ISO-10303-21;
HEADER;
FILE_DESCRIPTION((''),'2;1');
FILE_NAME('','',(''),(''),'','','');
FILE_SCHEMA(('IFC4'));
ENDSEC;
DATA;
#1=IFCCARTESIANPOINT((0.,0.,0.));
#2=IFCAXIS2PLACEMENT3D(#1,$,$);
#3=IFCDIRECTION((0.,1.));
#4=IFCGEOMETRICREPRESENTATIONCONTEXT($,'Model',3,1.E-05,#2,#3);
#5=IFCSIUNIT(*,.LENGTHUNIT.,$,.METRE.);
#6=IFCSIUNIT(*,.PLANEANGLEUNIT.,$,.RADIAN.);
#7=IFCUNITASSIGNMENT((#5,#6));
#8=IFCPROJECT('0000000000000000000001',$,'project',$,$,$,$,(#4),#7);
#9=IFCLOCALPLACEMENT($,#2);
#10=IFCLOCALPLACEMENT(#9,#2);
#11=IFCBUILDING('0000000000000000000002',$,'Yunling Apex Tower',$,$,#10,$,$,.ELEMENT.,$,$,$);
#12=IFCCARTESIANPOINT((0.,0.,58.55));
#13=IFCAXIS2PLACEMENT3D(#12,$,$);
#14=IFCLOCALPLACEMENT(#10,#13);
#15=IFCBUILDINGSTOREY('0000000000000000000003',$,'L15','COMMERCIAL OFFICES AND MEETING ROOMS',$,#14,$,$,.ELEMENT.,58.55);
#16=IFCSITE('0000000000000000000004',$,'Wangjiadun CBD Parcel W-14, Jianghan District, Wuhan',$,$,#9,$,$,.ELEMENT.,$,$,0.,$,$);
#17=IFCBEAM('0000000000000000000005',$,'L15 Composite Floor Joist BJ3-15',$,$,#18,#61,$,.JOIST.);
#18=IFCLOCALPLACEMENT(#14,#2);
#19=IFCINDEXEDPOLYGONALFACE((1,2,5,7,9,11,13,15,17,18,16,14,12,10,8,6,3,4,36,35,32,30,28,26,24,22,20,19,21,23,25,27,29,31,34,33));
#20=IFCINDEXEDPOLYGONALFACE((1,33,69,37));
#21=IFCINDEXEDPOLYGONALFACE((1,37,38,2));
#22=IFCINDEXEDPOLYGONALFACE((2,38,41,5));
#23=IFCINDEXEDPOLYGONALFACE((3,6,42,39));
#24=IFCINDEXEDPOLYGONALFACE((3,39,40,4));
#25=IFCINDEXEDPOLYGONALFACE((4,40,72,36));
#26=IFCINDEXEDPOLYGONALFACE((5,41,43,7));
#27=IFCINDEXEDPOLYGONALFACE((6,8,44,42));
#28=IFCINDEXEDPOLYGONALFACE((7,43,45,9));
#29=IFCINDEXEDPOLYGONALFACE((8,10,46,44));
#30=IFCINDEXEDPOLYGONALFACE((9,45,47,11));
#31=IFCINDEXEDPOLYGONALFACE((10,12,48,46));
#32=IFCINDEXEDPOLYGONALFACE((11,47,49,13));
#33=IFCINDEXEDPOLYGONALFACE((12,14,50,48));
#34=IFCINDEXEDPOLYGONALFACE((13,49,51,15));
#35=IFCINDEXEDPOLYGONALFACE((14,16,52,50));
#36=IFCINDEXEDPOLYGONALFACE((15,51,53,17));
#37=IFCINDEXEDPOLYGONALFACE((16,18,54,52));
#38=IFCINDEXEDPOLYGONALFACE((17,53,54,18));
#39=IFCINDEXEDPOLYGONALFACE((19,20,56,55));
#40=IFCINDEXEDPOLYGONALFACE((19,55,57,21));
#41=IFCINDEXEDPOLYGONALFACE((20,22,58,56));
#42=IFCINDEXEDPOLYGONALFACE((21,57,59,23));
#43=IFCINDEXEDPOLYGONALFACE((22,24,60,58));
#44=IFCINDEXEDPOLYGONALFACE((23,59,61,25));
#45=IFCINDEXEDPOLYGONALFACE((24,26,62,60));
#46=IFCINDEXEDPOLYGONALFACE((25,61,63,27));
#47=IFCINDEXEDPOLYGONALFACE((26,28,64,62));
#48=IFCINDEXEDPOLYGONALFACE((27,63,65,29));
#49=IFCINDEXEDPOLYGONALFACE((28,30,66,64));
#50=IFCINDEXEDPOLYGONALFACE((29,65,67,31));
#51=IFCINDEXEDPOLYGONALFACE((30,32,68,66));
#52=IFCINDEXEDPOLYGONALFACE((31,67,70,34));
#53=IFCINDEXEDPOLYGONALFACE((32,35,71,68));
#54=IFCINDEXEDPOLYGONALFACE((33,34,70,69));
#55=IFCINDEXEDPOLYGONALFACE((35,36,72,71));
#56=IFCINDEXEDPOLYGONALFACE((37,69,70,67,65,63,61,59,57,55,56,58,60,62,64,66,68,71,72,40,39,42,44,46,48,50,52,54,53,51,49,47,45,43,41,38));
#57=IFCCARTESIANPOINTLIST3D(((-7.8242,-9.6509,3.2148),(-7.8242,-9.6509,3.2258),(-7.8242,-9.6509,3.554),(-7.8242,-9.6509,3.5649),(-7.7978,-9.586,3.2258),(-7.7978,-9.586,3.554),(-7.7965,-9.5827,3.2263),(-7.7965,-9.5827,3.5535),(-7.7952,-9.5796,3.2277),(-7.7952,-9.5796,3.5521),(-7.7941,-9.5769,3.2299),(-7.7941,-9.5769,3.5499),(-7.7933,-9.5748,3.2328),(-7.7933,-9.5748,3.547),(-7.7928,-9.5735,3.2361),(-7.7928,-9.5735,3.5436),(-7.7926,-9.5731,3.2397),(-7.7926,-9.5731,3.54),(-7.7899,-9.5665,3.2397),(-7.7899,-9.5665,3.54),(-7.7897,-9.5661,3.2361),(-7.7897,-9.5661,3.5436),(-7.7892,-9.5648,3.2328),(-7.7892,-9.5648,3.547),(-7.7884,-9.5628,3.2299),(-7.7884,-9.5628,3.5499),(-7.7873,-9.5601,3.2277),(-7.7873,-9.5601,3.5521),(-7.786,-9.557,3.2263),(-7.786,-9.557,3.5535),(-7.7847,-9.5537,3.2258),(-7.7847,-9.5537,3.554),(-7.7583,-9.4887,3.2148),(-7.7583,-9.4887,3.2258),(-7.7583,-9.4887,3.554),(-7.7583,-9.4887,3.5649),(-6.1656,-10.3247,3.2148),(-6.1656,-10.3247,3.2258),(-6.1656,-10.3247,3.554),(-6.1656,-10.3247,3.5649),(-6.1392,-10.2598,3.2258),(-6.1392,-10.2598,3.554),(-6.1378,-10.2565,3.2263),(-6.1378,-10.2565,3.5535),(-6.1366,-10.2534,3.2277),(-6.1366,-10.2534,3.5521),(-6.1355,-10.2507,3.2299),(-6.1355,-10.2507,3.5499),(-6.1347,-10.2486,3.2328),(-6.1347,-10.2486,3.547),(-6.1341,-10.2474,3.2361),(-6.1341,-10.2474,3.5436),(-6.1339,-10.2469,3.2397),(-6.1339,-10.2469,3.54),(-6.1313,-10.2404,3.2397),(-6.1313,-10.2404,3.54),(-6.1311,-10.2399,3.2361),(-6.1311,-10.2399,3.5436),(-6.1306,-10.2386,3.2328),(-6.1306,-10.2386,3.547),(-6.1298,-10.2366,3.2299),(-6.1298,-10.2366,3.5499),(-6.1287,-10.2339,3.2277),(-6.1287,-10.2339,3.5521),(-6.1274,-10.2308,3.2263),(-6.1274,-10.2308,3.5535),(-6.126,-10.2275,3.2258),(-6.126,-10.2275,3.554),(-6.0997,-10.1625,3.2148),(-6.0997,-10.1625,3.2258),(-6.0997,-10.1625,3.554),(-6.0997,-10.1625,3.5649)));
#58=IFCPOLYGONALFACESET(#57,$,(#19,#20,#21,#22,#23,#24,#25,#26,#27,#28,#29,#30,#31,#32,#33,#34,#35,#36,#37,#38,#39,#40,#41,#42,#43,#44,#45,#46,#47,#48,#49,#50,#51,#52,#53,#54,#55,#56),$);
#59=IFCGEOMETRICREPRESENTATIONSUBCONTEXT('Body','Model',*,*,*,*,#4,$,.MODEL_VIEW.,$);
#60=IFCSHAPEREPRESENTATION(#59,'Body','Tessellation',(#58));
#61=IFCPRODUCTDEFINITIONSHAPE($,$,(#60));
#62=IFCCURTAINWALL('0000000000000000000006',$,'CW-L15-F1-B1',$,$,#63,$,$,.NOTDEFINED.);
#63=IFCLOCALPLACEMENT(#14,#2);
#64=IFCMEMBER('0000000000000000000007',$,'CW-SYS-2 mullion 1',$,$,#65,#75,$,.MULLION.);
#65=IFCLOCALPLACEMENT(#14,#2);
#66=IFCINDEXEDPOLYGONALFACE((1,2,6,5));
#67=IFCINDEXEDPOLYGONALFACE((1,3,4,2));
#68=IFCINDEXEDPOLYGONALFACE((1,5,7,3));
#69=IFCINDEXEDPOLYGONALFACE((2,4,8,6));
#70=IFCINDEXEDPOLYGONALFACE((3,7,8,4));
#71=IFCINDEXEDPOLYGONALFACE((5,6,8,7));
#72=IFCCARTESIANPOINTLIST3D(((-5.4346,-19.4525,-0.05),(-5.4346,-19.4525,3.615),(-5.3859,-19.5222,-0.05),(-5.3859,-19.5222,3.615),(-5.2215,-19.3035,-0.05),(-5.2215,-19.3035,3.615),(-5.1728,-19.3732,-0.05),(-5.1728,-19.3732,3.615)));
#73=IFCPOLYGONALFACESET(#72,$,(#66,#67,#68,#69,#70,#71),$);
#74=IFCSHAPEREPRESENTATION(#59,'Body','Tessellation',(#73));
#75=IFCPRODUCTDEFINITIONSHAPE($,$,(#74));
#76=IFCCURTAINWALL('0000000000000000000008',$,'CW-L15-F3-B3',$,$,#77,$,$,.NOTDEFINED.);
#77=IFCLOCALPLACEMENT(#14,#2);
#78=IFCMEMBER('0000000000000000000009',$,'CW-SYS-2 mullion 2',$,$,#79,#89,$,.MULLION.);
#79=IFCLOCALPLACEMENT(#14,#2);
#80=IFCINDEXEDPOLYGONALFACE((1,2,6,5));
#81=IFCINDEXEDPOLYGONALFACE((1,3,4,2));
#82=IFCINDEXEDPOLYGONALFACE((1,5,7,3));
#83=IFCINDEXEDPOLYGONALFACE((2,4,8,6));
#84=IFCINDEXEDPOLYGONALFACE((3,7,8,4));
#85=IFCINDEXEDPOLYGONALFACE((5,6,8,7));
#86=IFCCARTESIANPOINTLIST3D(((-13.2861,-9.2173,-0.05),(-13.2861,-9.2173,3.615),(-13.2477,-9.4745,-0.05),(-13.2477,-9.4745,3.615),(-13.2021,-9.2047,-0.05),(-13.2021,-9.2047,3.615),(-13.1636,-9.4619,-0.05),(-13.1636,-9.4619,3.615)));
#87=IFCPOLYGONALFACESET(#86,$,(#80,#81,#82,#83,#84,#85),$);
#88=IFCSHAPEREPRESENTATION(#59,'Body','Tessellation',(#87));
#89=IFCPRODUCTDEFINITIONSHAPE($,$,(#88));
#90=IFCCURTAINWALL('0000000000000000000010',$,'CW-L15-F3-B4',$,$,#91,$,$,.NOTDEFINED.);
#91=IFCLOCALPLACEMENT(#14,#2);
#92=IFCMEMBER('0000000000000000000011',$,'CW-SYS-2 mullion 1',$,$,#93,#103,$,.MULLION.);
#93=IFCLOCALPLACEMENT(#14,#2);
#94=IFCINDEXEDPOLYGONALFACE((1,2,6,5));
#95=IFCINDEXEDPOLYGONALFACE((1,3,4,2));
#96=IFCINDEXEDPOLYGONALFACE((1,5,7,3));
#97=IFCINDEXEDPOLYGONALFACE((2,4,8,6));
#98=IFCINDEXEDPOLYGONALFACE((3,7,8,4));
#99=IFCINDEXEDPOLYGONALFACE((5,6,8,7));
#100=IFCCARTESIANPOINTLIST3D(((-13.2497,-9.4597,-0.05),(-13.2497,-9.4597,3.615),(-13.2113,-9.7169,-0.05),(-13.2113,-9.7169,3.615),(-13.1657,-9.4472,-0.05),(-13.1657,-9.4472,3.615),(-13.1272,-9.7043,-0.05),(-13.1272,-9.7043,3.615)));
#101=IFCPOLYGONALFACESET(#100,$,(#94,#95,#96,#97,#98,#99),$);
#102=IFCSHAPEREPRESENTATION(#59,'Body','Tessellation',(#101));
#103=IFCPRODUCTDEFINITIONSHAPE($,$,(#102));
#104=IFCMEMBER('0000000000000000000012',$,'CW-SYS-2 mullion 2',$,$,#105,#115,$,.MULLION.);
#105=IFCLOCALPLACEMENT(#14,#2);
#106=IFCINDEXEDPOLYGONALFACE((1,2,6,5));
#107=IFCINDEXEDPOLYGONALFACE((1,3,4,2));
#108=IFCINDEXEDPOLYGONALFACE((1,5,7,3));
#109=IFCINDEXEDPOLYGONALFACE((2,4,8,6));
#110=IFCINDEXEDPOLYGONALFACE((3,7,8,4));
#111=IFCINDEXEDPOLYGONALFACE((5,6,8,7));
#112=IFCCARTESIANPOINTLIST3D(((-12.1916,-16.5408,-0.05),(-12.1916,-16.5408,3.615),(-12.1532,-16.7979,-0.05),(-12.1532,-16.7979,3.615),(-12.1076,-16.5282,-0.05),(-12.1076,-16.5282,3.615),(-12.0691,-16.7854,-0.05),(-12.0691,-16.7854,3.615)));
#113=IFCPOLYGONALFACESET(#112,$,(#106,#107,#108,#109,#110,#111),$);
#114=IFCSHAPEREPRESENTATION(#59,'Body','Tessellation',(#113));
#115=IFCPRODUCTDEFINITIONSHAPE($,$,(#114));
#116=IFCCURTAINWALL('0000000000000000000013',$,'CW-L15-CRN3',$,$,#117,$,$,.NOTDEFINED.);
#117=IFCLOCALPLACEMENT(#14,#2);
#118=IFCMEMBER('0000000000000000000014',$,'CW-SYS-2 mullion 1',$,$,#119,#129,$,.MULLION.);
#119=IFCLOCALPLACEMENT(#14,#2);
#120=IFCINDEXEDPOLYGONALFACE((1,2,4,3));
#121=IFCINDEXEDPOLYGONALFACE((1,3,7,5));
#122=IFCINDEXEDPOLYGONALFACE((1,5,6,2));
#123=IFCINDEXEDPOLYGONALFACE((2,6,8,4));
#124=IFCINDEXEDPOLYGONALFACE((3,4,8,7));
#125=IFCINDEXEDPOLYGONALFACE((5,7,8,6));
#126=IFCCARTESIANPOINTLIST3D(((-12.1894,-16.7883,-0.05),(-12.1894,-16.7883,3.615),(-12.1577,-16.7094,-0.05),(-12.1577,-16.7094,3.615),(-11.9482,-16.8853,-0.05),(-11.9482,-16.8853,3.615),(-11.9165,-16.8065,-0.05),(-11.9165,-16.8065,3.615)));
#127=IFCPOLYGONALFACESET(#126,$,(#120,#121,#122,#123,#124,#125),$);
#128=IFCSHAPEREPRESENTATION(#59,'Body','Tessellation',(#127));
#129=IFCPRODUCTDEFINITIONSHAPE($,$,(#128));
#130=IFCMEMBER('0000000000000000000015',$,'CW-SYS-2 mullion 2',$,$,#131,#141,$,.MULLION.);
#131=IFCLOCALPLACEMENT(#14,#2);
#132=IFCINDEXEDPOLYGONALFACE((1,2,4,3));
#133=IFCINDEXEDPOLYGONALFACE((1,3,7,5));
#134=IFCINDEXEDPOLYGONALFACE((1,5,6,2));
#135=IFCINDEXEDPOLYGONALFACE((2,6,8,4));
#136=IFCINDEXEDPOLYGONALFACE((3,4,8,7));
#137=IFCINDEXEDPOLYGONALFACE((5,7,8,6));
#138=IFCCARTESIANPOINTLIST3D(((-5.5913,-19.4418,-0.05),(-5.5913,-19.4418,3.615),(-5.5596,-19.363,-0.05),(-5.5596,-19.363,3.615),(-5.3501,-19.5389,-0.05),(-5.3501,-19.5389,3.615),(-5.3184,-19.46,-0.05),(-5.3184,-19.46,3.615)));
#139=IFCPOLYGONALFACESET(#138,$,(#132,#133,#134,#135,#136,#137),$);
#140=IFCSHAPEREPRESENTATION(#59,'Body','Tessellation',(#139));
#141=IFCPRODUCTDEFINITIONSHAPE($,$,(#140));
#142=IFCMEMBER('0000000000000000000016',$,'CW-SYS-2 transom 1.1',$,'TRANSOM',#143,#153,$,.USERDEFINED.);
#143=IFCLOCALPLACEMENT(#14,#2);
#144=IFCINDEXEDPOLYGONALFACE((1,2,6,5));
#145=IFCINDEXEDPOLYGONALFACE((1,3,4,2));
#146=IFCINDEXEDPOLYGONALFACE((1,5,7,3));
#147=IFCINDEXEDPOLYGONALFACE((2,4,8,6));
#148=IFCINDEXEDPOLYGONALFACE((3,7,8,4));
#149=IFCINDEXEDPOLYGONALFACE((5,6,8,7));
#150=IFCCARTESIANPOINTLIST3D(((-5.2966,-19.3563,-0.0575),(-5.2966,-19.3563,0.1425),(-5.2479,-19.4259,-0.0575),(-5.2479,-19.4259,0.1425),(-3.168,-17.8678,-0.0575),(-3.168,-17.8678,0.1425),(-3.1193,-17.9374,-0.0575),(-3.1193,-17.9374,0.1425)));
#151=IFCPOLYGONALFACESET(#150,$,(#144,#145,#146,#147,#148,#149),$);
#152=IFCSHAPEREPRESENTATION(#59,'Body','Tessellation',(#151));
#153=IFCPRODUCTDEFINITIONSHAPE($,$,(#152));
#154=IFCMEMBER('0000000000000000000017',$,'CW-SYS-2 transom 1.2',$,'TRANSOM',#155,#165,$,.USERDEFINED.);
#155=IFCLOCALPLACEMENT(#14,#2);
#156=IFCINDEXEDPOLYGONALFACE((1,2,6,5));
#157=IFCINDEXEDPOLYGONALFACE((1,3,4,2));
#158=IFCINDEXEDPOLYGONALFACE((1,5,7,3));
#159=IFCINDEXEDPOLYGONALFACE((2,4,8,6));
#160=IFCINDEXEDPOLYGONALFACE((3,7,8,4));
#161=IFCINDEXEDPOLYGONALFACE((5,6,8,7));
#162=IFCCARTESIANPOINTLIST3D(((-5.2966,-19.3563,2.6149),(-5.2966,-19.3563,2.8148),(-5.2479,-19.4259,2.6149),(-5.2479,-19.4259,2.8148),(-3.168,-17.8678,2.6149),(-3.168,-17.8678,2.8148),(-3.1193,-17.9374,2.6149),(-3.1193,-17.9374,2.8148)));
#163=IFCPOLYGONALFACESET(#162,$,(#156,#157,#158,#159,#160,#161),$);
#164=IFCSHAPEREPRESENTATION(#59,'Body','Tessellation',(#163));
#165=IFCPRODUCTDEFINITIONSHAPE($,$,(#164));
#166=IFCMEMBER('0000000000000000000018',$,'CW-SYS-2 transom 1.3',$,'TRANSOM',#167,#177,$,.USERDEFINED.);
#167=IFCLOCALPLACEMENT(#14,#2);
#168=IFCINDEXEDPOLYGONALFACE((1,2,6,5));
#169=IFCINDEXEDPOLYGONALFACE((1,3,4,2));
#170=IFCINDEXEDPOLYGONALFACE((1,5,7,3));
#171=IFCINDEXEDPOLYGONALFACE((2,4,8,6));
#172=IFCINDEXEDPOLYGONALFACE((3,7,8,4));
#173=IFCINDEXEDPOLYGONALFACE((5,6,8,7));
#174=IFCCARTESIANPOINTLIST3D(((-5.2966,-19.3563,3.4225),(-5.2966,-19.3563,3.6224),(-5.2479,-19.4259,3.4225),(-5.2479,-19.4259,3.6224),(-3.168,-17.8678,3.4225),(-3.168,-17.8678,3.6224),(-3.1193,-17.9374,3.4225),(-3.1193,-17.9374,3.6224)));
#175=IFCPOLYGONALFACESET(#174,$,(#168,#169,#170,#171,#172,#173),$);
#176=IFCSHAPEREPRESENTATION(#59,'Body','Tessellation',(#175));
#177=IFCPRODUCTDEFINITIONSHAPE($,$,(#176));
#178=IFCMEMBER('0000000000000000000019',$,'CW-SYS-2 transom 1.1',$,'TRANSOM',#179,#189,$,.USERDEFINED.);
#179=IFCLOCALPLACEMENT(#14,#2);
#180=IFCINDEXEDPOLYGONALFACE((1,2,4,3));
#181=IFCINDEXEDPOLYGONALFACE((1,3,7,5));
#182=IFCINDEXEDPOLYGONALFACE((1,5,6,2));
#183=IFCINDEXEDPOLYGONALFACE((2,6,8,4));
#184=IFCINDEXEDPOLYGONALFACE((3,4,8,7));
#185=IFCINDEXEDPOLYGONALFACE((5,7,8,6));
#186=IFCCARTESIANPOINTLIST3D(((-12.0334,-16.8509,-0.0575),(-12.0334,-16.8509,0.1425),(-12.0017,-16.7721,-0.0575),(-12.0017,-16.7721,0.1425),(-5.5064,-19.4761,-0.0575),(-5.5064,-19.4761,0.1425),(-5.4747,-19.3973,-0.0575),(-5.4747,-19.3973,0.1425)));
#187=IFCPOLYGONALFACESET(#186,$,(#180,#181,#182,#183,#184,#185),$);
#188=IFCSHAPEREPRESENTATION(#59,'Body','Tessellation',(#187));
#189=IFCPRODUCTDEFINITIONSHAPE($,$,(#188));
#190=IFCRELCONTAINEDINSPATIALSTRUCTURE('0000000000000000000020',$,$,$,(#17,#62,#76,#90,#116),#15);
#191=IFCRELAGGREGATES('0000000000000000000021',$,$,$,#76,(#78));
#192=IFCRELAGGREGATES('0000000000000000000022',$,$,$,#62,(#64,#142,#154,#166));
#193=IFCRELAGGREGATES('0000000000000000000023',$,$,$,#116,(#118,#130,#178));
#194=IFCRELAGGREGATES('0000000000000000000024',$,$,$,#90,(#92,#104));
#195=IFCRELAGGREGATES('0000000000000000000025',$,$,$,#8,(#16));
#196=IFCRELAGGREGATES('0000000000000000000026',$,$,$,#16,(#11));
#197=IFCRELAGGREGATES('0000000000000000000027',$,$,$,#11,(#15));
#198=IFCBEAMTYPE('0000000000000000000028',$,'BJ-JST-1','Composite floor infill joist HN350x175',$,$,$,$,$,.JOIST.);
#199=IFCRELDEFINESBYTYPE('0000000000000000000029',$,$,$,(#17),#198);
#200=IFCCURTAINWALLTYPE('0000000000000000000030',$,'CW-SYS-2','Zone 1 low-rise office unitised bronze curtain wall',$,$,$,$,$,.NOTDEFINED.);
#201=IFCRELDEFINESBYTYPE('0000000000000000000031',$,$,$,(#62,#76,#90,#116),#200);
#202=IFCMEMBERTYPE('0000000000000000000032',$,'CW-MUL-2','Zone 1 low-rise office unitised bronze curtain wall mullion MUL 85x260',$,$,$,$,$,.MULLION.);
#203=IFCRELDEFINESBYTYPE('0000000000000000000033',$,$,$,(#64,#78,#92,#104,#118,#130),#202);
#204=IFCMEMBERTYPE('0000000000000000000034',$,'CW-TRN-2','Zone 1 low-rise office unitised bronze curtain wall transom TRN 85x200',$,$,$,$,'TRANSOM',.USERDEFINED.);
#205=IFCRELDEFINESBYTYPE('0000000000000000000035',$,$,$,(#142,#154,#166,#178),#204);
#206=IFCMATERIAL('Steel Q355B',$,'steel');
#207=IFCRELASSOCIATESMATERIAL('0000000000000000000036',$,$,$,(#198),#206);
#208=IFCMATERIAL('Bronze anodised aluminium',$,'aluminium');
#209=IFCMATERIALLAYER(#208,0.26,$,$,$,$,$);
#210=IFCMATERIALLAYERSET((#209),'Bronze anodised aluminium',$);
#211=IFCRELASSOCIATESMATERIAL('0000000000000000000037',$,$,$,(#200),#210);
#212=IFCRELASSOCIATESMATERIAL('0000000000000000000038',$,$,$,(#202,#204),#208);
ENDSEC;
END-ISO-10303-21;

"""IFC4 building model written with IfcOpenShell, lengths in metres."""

from ifc_helpers import new_model, si_unit, direction, frame, origin, origin_2d, place, context, subcontext, project, spatial, rectangle, i_section, extrude, source, transform, mapped, material, layer, layer_set, material_profile, profile_set, type_object, element, aggregate, save


model = new_model("IFC4")

# Units and contexts
model_context = context("Model", 3, precision=1e-05, world=origin(), true_north=direction((0.0, 1.0)))
body_context = subcontext(model_context, "Body", "Model", "MODEL_VIEW")
ifc_project = project(units=[si_unit("LENGTHUNIT", "METRE"), si_unit("PLANEANGLEUNIT", "RADIAN")], contexts=[model_context])

# Site, building, storey
site_placement = place(None, origin())
site = spatial("IfcSite", under=ifc_project, at=site_placement, Name="Wangjiadun CBD Parcel W-14, Jianghan District, Wuhan", CompositionType="ELEMENT", RefElevation=0.0)
building_placement = place(site_placement, origin())
building = spatial("IfcBuilding", under=site, at=building_placement, Name="Yunling Apex Tower", CompositionType="ELEMENT")
storey_placement = place(building_placement, frame((0.0, 0.0, 58.55)))
storey = spatial("IfcBuildingStorey", under=building, at=storey_placement, Name="L15", Description="COMMERCIAL OFFICES AND MEETING ROOMS", CompositionType="ELEMENT", Elevation=58.55)

# Beam
ifc_material_1 = material(Name="Steel Q355B", Category="steel")
ifc_material_profile_1 = material_profile(ifc_material_1, i_section(OverallWidth=0.175, OverallDepth=0.3501, WebThickness=0.0071, FlangeThickness=0.011, FilletRadius=0.0139, at=origin_2d()))
ifc_profile_set_1 = profile_set([ifc_material_profile_1], Name="Steel Q355B")
beam_type_1 = type_object("IfcBeamType", Name="BJ-JST-1", Description="Composite floor infill joist HN350x175", PredefinedType="JOIST", material=ifc_profile_set_1)
shared_shape_1 = source(origin(), body_context, "Body", "SweptSolid", [
    extrude(i_section(OverallWidth=0.175, OverallDepth=0.3501, WebThickness=0.0071, FlangeThickness=0.011, FilletRadius=0.0139, at=origin_2d()), origin(), (0.0, 0.0, 1.0), 1.7903),
])
beam_1_placement = place(storey_placement, frame((-7.7913, -9.5698, 3.3899), z_axis=(0.92647, -0.37637, 0.0), x_axis=(0.37637, 0.92647, 0.0)))
element("IfcBeam", 1, at=beam_1_placement, inside=storey, type_object=beam_type_1, Name="L15 Composite Floor Joist BJ3-15", PredefinedType="JOIST", context=body_context, shape_type="MappedRepresentation", body=[
    mapped(shared_shape_1, transform((0.0, 0.0, 0.0), scale=1.0)),
])

# Curtain walls, members
ifc_material_2 = material(Name="Bronze anodised aluminium", Category="aluminium")
ifc_layer_1 = layer(ifc_material_2, 0.26)
ifc_layer_set_1 = layer_set([ifc_layer_1], Name="Bronze anodised aluminium")
curtain_wall_type = type_object("IfcCurtainWallType", Name="CW-SYS-2", Description="Zone 1 low-rise office unitised bronze curtain wall", PredefinedType="NOTDEFINED", material=ifc_layer_set_1)
curtain_wall_1_placement = place(storey_placement, origin())
curtain_wall_1 = element("IfcCurtainWall", 2, at=curtain_wall_1_placement, inside=storey, type_object=curtain_wall_type, Name="CW-L15-F1-B1", PredefinedType="NOTDEFINED")
ifc_material_profile_2 = material_profile(ifc_material_2, rectangle(XDim=0.085, YDim=0.26, at=origin_2d()))
ifc_profile_set_2 = profile_set([ifc_material_profile_2], Name="Bronze anodised aluminium")
member_type_1 = type_object("IfcMemberType", Name="CW-MUL-2", Description="Zone 1 low-rise office unitised bronze curtain wall mullion MUL 85x260", PredefinedType="MULLION", material=ifc_profile_set_2)
shared_shape_2 = source(origin(), body_context, "Body", "SweptSolid", [
    extrude(rectangle(XDim=0.085, YDim=0.26, at=origin_2d()), origin(), (0.0, 0.0, 1.0), 3.665),
])
member_1_placement = place(storey_placement, frame((-5.3037, -19.4128, -0.05), z_axis=(0.0, 0.0, 1.0), x_axis=(-0.573004, 0.819552, 0.0)))
member_1 = element("IfcMember", 3, at=member_1_placement, type_object=member_type_1, Name="CW-SYS-2 mullion 1", PredefinedType="MULLION", context=body_context, shape_type="MappedRepresentation", body=[
    mapped(shared_shape_2, transform((0.0, 0.0, 0.0), scale=1.0)),
])
curtain_wall_2_placement = place(storey_placement, origin())
curtain_wall_2 = element("IfcCurtainWall", 4, at=curtain_wall_2_placement, inside=storey, type_object=curtain_wall_type, Name="CW-L15-F3-B3", PredefinedType="NOTDEFINED")
member_2_placement = place(storey_placement, frame((-13.2249, -9.3396, -0.05), z_axis=(0.0, 0.0, 1.0), x_axis=(0.989015, 0.147815, 0.0)))
member_2 = element("IfcMember", 5, at=member_2_placement, type_object=member_type_1, Name="CW-SYS-2 mullion 2", PredefinedType="MULLION", context=body_context, shape_type="MappedRepresentation", body=[
    mapped(shared_shape_2, transform((0.0, 0.0, 0.0), scale=1.0)),
])
aggregate(curtain_wall_2, [member_2])

# Curtain walls, members
curtain_wall_3_placement = place(storey_placement, origin())
curtain_wall_3 = element("IfcCurtainWall", 6, at=curtain_wall_3_placement, inside=storey, type_object=curtain_wall_type, Name="CW-L15-F3-B4", PredefinedType="NOTDEFINED")
member_3_placement = place(storey_placement, frame((-13.1885, -9.582, -0.05), z_axis=(0.0, 0.0, 1.0), x_axis=(0.989017, 0.147801, 0.0)))
member_3 = element("IfcMember", 7, at=member_3_placement, type_object=member_type_1, Name="CW-SYS-2 mullion 1", PredefinedType="MULLION", context=body_context, shape_type="MappedRepresentation", body=[
    mapped(shared_shape_2, transform((0.0, 0.0, 0.0), scale=1.0)),
])
member_4_placement = place(storey_placement, frame((-12.1304, -16.6631, -0.05), z_axis=(0.0, 0.0, 1.0), x_axis=(0.989017, 0.147801, 0.0)))
member_4 = element("IfcMember", 8, at=member_4_placement, type_object=member_type_1, Name="CW-SYS-2 mullion 2", PredefinedType="MULLION", context=body_context, shape_type="MappedRepresentation", body=[
    mapped(shared_shape_2, transform((0.0, 0.0, 0.0), scale=1.0)),
])
curtain_wall_4_placement = place(storey_placement, origin())
curtain_wall_4 = element("IfcCurtainWall", 9, at=curtain_wall_4_placement, inside=storey, type_object=curtain_wall_type, Name="CW-L15-CRN3", PredefinedType="NOTDEFINED")
member_5_placement = place(storey_placement, frame((-12.053, -16.7974, -0.05), z_axis=(0.0, 0.0, 1.0), x_axis=(0.373144, 0.927774, 0.0)))
member_5 = element("IfcMember", 10, at=member_5_placement, type_object=member_type_1, Name="CW-SYS-2 mullion 1", PredefinedType="MULLION", context=body_context, shape_type="MappedRepresentation", body=[
    mapped(shared_shape_2, transform((0.0, 0.0, 0.0), scale=1.0)),
])
member_6_placement = place(storey_placement, frame((-5.4548, -19.4509, -0.05), z_axis=(0.0, 0.0, 1.0), x_axis=(0.373144, 0.927774, 0.0)))
member_6 = element("IfcMember", 11, at=member_6_placement, type_object=member_type_1, Name="CW-SYS-2 mullion 2", PredefinedType="MULLION", context=body_context, shape_type="MappedRepresentation", body=[
    mapped(shared_shape_2, transform((0.0, 0.0, 0.0), scale=1.0)),
])

# Members
ifc_material_profile_3 = material_profile(ifc_material_2, rectangle(XDim=0.085, YDim=0.2, at=origin_2d()))
ifc_profile_set_3 = profile_set([ifc_material_profile_3], Name="Bronze anodised aluminium")
member_type_2 = type_object("IfcMemberType", Name="CW-TRN-2", Description="Zone 1 low-rise office unitised bronze curtain wall transom TRN 85x200", ElementType="TRANSOM", PredefinedType="USERDEFINED", material=ifc_profile_set_3)
shared_shape_3 = source(origin(), body_context, "Body", "SweptSolid", [
    extrude(rectangle(XDim=0.085, YDim=0.2, at=origin_2d()), origin(), (0.0, 0.0, 1.0), 2.5974),
])
member_7_placement = place(storey_placement, frame((-5.2722, -19.3911, 0.0425), z_axis=(0.81951, 0.573065, 0.0), x_axis=(-0.573065, 0.81951, 0.0)))
member_7 = element("IfcMember", 12, at=member_7_placement, type_object=member_type_2, Name="CW-SYS-2 transom 1.1", ObjectType="TRANSOM", PredefinedType="USERDEFINED", context=body_context, shape_type="MappedRepresentation", body=[
    mapped(shared_shape_3, transform((0.0, 0.0, 0.0), scale=1.0)),
])
member_8_placement = place(storey_placement, frame((-5.2722, -19.3911, 2.7148), z_axis=(0.81951, 0.573065, 0.0), x_axis=(-0.573065, 0.81951, 0.0)))
member_8 = element("IfcMember", 13, at=member_8_placement, type_object=member_type_2, Name="CW-SYS-2 transom 1.2", ObjectType="TRANSOM", PredefinedType="USERDEFINED", context=body_context, shape_type="MappedRepresentation", body=[
    mapped(shared_shape_3, transform((0.0, 0.0, 0.0), scale=1.0)),
])
member_9_placement = place(storey_placement, frame((-5.2722, -19.3911, 3.5225), z_axis=(0.81951, 0.573065, 0.0), x_axis=(-0.573065, 0.81951, 0.0)))
member_9 = element("IfcMember", 14, at=member_9_placement, type_object=member_type_2, Name="CW-SYS-2 transom 1.3", ObjectType="TRANSOM", PredefinedType="USERDEFINED", context=body_context, shape_type="MappedRepresentation", body=[
    mapped(shared_shape_3, transform((0.0, 0.0, 0.0), scale=1.0)),
])
shared_shape_4 = source(origin(), body_context, "Body", "SweptSolid", [
    extrude(rectangle(XDim=0.085, YDim=0.2, at=origin_2d()), origin(), (0.0, 0.0, 1.0), 7.0352),
])
member_10_placement = place(storey_placement, frame((-12.0176, -16.8115, 0.0425), z_axis=(0.927769, -0.373155, 0.0), x_axis=(0.373155, 0.927769, 0.0)))
member_10 = element("IfcMember", 15, at=member_10_placement, type_object=member_type_2, Name="CW-SYS-2 transom 1.1", ObjectType="TRANSOM", PredefinedType="USERDEFINED", context=body_context, shape_type="MappedRepresentation", body=[
    mapped(shared_shape_4, transform((0.0, 0.0, 0.0), scale=1.0)),
])

aggregate(curtain_wall_1, [member_1, member_7, member_8, member_9])
aggregate(curtain_wall_4, [member_5, member_6, member_10])
aggregate(curtain_wall_3, [member_3, member_4])

save(model, "model.ifc")
